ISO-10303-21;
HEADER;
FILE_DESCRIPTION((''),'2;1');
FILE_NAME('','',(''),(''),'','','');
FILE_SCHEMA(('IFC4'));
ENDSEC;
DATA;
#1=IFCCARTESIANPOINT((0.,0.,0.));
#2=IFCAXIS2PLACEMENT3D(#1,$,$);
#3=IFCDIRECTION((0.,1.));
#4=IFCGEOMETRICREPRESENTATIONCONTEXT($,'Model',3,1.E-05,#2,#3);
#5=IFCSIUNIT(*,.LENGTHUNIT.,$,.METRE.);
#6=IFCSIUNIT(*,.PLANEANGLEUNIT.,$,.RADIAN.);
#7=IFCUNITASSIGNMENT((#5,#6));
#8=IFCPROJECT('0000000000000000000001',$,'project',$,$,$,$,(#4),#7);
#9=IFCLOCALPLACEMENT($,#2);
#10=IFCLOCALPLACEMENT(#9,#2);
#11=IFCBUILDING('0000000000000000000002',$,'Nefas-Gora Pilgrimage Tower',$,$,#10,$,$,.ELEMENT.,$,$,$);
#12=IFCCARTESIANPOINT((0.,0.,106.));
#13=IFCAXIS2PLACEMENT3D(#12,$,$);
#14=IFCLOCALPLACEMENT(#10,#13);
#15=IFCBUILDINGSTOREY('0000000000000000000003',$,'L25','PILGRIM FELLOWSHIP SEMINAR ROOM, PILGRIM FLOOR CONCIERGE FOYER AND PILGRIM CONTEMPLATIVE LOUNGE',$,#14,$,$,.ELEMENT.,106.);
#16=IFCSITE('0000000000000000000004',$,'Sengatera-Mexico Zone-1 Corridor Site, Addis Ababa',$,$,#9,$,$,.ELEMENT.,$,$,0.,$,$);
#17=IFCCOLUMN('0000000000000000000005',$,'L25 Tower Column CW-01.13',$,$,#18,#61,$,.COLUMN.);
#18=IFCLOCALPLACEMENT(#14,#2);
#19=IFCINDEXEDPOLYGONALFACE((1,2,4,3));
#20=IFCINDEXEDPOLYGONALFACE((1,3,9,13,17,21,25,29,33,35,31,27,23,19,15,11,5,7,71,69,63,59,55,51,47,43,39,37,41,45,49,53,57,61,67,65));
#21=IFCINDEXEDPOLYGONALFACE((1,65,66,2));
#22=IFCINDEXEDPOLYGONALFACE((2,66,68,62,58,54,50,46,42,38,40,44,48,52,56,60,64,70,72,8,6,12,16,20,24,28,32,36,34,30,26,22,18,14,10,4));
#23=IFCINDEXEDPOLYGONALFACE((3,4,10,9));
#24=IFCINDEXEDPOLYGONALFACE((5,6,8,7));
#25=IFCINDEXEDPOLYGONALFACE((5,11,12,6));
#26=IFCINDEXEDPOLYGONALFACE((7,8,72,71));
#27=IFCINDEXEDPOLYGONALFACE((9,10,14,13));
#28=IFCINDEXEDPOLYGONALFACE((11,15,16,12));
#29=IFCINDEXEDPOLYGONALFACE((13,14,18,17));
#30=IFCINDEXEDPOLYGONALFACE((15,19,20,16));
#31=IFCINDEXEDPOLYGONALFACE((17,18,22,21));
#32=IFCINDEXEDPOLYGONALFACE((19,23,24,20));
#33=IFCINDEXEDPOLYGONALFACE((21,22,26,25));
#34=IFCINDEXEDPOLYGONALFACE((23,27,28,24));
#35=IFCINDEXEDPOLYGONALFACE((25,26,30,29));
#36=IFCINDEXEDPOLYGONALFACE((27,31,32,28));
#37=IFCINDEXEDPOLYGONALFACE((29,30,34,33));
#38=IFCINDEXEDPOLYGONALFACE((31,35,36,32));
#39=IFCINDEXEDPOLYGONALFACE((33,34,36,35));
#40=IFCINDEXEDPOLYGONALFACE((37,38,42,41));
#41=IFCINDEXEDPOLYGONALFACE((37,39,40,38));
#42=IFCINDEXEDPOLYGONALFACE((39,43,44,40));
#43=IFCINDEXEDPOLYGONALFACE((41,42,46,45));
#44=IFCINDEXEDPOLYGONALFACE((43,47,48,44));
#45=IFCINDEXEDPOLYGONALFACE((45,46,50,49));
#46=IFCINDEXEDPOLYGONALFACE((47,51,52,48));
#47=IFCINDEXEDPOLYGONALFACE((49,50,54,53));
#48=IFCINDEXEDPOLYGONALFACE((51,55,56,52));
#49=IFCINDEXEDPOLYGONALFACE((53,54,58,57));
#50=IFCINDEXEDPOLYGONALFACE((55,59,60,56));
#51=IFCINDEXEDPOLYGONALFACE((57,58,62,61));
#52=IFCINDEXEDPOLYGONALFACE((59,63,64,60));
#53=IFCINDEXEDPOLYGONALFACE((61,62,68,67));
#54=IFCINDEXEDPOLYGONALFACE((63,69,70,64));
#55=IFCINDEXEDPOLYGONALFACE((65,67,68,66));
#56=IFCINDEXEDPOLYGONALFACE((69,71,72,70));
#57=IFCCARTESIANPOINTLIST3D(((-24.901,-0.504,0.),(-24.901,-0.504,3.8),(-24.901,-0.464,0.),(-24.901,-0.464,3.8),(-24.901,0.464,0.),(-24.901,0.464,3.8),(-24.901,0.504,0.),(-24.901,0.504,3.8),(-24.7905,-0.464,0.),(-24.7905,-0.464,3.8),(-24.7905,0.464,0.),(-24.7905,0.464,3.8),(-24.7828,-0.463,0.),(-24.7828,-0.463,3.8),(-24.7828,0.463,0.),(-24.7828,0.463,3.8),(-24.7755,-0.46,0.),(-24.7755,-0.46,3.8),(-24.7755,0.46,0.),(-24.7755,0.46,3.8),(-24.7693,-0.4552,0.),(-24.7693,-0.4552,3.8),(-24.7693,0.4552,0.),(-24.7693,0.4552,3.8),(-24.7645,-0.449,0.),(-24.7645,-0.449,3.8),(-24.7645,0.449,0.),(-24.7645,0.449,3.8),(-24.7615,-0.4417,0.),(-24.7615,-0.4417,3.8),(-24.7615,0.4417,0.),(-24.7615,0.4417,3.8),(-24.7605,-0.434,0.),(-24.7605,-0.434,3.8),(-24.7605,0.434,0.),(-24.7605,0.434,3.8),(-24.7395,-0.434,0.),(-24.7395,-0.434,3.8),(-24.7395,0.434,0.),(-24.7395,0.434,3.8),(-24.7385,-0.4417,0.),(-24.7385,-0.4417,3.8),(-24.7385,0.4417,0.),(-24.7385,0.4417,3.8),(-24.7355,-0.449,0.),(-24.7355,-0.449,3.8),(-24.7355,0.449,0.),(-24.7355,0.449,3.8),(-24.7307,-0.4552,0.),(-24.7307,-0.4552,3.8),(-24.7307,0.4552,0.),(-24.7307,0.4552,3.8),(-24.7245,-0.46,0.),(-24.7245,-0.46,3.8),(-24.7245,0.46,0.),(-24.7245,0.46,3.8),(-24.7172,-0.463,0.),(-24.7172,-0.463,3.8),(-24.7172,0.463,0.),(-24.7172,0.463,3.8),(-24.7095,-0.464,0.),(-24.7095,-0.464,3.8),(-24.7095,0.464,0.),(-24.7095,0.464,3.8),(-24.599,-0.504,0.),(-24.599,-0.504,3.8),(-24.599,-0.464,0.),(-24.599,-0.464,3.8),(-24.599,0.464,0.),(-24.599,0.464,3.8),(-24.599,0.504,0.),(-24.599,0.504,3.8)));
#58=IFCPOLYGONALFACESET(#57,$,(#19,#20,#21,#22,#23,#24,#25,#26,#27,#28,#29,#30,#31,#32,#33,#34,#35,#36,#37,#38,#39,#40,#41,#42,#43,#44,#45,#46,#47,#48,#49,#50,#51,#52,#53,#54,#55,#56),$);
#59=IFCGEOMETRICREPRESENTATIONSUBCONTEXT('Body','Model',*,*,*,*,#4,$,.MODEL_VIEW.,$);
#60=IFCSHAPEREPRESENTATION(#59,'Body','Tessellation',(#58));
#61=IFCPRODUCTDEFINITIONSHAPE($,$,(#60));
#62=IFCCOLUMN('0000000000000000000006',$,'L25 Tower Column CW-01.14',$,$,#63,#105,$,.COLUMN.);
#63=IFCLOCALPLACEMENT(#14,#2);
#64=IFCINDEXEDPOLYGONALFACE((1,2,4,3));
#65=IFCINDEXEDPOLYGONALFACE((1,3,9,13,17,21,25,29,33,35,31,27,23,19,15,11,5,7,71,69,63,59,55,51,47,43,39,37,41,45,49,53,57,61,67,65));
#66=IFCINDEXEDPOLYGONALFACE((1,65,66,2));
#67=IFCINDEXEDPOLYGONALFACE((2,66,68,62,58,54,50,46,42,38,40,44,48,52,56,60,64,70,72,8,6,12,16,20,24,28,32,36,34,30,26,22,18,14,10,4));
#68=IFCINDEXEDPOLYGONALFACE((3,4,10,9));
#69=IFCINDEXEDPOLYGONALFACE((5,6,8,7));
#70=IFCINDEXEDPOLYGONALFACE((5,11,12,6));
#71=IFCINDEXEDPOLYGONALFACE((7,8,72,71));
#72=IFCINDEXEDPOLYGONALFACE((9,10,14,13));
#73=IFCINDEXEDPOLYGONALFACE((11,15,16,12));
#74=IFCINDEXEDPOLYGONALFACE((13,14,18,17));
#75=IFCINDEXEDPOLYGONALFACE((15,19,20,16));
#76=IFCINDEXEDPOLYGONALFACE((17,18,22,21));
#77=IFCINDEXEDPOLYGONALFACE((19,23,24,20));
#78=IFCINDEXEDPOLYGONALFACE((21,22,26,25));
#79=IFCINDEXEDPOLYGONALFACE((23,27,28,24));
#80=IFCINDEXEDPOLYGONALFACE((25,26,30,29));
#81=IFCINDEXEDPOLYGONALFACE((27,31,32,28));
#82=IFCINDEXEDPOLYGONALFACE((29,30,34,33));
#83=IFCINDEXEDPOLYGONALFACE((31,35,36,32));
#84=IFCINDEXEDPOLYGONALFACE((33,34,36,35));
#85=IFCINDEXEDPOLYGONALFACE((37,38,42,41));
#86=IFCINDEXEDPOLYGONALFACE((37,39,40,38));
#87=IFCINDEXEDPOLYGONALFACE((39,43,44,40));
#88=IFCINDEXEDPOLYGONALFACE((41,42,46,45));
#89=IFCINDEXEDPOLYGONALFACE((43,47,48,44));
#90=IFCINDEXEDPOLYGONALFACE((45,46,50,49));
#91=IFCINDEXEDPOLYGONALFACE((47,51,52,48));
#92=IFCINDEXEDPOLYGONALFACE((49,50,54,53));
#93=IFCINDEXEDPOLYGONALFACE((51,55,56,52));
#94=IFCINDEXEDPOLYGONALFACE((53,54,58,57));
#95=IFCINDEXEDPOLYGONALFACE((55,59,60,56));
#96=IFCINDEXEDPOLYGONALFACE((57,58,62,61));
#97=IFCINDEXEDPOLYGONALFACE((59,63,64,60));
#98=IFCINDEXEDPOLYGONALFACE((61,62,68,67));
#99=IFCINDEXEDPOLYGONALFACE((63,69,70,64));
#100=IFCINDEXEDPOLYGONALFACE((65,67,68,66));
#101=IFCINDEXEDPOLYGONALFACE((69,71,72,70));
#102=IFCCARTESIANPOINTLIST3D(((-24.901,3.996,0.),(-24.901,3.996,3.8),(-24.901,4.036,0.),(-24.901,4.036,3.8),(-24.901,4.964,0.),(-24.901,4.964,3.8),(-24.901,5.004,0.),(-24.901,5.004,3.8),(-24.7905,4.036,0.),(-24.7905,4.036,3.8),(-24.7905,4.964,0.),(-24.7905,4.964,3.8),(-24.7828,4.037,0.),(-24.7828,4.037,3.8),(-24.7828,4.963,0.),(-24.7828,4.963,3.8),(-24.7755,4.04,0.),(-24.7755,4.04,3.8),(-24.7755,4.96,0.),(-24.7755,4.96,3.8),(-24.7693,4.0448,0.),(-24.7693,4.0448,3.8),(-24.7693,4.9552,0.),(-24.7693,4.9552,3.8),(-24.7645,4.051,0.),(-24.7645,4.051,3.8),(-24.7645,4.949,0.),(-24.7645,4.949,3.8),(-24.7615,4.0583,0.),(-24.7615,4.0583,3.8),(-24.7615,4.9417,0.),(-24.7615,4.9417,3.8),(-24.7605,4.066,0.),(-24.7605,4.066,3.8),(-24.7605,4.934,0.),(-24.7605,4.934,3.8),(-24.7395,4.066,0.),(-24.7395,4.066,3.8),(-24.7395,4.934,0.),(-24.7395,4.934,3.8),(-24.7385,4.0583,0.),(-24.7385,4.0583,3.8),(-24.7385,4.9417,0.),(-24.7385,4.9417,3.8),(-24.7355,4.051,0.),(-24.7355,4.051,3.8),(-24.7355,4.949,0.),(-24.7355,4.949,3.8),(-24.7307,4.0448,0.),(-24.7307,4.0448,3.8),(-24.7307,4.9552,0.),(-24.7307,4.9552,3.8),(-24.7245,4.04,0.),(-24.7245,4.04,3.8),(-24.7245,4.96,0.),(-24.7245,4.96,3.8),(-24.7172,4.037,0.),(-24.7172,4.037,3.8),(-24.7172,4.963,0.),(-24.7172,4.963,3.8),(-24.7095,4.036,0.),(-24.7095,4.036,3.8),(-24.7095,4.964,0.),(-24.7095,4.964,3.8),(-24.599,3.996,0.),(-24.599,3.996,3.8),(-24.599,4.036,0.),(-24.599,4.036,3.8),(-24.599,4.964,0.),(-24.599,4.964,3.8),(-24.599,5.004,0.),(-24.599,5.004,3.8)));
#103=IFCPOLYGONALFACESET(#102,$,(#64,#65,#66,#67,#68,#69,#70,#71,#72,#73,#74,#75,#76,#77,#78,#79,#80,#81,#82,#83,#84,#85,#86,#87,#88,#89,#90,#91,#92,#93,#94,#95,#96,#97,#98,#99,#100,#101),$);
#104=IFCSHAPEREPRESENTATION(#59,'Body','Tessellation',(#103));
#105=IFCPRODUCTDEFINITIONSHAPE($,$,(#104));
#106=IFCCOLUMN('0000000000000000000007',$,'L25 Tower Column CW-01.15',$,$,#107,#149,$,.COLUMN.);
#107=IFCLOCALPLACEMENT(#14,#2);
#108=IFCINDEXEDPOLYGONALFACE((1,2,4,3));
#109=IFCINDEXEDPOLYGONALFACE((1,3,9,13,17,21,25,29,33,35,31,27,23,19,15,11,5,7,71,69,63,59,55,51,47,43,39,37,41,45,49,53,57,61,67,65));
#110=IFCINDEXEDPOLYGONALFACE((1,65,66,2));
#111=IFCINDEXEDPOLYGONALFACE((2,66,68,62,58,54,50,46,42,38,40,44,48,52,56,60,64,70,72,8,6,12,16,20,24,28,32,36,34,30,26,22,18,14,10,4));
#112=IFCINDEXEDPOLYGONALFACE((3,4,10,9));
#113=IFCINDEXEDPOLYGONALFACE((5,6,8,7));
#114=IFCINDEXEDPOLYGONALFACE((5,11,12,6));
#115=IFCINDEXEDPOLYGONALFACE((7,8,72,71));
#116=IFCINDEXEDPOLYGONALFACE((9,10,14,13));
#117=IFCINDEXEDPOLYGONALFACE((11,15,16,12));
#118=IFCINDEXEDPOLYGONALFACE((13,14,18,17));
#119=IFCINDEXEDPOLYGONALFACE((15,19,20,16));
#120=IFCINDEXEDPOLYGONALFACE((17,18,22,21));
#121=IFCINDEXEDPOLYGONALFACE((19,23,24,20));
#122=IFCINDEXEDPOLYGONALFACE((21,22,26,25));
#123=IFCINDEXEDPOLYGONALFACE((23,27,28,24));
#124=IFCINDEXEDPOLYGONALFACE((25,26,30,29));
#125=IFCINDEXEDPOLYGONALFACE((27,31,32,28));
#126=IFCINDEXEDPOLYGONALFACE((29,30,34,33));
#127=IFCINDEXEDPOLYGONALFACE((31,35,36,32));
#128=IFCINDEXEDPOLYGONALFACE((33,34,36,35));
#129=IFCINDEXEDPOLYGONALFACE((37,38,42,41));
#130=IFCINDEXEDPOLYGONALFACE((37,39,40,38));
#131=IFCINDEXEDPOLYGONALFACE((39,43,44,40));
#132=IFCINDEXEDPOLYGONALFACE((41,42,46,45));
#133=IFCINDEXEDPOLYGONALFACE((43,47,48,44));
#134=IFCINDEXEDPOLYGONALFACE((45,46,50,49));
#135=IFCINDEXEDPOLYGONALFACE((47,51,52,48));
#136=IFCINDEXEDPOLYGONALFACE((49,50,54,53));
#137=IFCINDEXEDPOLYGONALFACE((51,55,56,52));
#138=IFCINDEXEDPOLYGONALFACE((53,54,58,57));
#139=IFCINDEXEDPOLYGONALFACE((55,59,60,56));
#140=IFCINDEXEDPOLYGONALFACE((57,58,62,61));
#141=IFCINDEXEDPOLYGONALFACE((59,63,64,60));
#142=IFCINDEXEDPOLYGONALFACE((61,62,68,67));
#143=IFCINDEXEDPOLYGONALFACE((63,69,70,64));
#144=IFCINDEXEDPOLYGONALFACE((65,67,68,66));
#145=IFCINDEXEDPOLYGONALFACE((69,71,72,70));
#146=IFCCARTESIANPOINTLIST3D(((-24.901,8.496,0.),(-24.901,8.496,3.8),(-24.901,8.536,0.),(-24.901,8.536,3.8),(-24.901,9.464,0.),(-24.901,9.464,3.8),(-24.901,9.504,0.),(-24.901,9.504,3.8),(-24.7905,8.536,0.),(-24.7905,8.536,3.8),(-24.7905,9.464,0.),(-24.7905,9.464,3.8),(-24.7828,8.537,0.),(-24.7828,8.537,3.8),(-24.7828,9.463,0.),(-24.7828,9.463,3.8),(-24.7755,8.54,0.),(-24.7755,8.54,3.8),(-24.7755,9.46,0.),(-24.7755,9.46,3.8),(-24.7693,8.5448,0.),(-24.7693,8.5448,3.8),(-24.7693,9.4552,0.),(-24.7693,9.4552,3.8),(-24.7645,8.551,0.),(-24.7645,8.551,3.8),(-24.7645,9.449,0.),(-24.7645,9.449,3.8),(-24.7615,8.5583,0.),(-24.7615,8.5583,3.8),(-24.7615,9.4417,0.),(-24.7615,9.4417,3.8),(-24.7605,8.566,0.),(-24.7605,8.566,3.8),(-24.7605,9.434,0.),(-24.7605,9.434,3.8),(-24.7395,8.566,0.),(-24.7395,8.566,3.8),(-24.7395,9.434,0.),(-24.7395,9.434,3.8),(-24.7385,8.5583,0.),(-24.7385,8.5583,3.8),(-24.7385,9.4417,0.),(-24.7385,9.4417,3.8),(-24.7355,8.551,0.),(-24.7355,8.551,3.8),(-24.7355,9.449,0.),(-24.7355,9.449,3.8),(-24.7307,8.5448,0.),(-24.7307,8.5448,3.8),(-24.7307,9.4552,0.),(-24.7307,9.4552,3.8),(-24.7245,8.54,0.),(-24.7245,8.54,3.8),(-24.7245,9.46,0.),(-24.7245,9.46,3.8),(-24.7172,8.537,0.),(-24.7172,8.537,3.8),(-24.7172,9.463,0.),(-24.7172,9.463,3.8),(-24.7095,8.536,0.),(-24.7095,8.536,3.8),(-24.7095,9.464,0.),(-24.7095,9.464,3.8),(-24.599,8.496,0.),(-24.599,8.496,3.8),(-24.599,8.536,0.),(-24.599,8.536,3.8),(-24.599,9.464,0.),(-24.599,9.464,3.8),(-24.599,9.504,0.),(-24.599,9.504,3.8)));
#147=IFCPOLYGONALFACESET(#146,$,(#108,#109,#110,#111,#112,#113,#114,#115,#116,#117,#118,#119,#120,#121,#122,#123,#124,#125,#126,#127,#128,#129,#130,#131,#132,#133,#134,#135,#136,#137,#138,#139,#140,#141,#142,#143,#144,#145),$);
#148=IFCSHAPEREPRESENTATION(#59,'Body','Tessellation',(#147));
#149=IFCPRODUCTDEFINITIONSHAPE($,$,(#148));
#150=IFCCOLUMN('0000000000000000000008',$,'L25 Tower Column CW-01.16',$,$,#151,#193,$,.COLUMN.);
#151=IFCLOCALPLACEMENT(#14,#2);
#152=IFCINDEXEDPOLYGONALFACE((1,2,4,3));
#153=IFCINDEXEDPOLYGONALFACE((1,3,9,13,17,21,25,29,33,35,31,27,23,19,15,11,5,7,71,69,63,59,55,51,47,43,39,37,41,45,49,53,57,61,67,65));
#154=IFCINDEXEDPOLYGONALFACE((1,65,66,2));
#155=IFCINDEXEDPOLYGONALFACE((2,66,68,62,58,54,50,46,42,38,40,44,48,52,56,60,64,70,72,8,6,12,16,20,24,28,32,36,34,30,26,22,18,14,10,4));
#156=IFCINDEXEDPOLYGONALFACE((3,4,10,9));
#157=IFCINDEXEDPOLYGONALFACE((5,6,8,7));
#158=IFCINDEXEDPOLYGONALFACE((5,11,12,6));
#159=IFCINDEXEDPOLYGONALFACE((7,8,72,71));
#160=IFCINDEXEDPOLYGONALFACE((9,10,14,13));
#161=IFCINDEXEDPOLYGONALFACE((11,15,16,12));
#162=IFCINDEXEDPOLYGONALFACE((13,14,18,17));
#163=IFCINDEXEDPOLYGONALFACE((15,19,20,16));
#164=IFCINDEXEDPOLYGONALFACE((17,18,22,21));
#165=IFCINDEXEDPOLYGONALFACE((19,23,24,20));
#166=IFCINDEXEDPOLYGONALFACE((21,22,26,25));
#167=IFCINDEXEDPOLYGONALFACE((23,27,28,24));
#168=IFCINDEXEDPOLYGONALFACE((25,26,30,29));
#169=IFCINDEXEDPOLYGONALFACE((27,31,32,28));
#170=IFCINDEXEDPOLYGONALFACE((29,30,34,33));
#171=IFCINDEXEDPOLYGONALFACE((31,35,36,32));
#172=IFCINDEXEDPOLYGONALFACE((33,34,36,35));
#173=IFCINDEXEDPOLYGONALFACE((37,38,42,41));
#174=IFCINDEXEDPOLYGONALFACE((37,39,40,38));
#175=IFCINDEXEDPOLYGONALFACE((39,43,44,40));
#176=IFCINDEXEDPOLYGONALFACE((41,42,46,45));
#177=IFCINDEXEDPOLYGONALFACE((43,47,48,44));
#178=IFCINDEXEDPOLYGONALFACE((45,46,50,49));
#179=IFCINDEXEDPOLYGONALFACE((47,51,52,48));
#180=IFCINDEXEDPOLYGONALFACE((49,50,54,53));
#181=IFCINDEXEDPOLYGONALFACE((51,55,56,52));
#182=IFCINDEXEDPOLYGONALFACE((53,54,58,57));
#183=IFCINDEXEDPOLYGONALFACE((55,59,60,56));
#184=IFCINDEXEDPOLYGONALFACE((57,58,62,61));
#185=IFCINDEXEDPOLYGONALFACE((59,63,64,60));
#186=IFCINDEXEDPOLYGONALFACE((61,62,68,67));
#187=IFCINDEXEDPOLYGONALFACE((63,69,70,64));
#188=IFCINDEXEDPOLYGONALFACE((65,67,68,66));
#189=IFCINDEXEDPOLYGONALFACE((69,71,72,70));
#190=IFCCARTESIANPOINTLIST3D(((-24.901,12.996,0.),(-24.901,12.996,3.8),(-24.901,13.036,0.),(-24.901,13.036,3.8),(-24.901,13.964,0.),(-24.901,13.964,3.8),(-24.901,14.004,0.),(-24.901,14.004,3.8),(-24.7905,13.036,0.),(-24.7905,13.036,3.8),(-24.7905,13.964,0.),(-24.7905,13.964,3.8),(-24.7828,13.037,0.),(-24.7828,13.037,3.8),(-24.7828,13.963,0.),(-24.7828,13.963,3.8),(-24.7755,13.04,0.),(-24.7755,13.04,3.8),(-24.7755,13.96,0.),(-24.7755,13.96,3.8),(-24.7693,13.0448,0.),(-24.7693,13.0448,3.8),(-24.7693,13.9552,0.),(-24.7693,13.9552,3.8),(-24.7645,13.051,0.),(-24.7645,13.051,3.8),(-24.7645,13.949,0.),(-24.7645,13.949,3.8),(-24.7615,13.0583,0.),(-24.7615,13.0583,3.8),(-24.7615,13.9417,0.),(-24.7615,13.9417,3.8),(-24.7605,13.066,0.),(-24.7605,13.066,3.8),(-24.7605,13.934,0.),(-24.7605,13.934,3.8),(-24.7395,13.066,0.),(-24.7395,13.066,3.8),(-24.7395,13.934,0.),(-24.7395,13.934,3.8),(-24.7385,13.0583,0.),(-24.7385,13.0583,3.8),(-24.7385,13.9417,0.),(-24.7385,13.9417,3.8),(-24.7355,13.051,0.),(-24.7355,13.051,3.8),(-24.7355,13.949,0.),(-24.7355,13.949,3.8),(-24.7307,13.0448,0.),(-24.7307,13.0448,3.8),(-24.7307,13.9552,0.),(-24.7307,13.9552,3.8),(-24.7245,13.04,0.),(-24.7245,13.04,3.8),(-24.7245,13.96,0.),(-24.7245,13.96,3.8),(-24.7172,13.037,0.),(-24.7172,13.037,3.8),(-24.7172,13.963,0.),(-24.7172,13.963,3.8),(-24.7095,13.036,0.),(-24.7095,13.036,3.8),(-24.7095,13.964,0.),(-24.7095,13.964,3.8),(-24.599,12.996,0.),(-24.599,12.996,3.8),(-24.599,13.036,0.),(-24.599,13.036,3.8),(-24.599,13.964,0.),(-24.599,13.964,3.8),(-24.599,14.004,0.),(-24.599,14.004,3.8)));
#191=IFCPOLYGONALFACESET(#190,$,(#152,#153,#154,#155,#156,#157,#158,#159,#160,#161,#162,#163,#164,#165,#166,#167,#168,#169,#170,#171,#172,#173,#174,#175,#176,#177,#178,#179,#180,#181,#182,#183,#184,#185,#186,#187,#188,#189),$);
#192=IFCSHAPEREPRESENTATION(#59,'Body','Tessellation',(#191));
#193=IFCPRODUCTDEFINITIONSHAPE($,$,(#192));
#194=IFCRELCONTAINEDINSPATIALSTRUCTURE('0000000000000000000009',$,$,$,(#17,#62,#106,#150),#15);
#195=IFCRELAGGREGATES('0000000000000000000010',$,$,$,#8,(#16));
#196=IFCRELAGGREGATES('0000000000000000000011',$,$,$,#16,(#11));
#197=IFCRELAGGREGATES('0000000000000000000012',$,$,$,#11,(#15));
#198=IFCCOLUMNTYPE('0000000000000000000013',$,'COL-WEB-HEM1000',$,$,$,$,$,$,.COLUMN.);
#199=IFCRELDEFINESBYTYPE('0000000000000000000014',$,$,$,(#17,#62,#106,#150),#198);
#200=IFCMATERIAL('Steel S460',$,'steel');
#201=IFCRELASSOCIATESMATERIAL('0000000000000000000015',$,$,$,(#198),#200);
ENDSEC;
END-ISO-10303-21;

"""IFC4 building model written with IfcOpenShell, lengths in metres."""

from ifc_helpers import new_model, si_unit, direction, frame, origin, origin_2d, place, context, subcontext, project, spatial, i_section, extrude, source, transform, mapped, material, material_profile, profile_set, type_object, element, save


model = new_model("IFC4")

# Units and contexts
model_context = context("Model", 3, precision=1e-05, world=origin(), true_north=direction((0.0, 1.0)))
body_context = subcontext(model_context, "Body", "Model", "MODEL_VIEW")
ifc_project = project(units=[si_unit("LENGTHUNIT", "METRE"), si_unit("PLANEANGLEUNIT", "RADIAN")], contexts=[model_context])

# Site, building, storey
site_placement = place(None, origin())
site = spatial("IfcSite", under=ifc_project, at=site_placement, Name="Sengatera-Mexico Zone-1 Corridor Site, Addis Ababa", CompositionType="ELEMENT", RefElevation=0.0)
building_placement = place(site_placement, origin())
building = spatial("IfcBuilding", under=site, at=building_placement, Name="Nefas-Gora Pilgrimage Tower", CompositionType="ELEMENT")
storey_placement = place(building_placement, frame((0.0, 0.0, 106.0)))
storey = spatial("IfcBuildingStorey", under=building, at=storey_placement, Name="L25", Description="PILGRIM FELLOWSHIP SEMINAR ROOM, PILGRIM FLOOR CONCIERGE FOYER AND PILGRIM CONTEMPLATIVE LOUNGE", CompositionType="ELEMENT", Elevation=106.0)

# Columns
ifc_material_1 = material(Name="Steel S460", Category="steel")
ifc_material_profile_1 = material_profile(ifc_material_1, i_section(OverallWidth=0.302, OverallDepth=1.0081, WebThickness=0.021, FlangeThickness=0.04, FilletRadius=0.03, at=origin_2d()), Name="HEM 1000")
ifc_profile_set_1 = profile_set([ifc_material_profile_1], Name="Steel S460")
column_type_1 = type_object("IfcColumnType", Name="COL-WEB-HEM1000", PredefinedType="COLUMN", material=ifc_profile_set_1)
shared_shape_1 = source(origin(), body_context, "Body", "SweptSolid", [
    extrude(i_section(OverallWidth=0.302, OverallDepth=1.0081, WebThickness=0.021, FlangeThickness=0.04, FilletRadius=0.03, at=origin_2d()), origin(), (0.0, 0.0, 1.0), 3.8),
])
for number, where, z_axis, x_axis, name in (
    (1, (-24.75, 0.0, 0.0), (0.0, 0.0, 1.0), (1.0, 0.0, 0.0), "L25 Tower Column CW-01.13"),
    (2, (-24.75, 4.5, 0.0), (0.0, 0.0, 1.0), (1.0, 0.0, 0.0), "L25 Tower Column CW-01.14"),
    (3, (-24.75, 9.0, 0.0), (0.0, 0.0, 1.0), (1.0, 0.0, 0.0), "L25 Tower Column CW-01.15"),
    (4, (-24.75, 13.5, 0.0), (0.0, 0.0, 1.0), (1.0, 0.0, 0.0), "L25 Tower Column CW-01.16"),
):
    element("IfcColumn", number, at=place(storey_placement, frame(where, z_axis=z_axis, x_axis=x_axis)), inside=storey, type_object=column_type_1, Name=name, PredefinedType="COLUMN", context=body_context, shape_type="MappedRepresentation", body=[
        mapped(shared_shape_1, transform((0.0, 0.0, 0.0), x_axis=(1.0, 0.0, 0.0), y_axis=(0.0, 1.0, 0.0), z_axis=(0.0, 0.0, 1.0), scale=1.0)),
    ])

save(model, "model.ifc")
